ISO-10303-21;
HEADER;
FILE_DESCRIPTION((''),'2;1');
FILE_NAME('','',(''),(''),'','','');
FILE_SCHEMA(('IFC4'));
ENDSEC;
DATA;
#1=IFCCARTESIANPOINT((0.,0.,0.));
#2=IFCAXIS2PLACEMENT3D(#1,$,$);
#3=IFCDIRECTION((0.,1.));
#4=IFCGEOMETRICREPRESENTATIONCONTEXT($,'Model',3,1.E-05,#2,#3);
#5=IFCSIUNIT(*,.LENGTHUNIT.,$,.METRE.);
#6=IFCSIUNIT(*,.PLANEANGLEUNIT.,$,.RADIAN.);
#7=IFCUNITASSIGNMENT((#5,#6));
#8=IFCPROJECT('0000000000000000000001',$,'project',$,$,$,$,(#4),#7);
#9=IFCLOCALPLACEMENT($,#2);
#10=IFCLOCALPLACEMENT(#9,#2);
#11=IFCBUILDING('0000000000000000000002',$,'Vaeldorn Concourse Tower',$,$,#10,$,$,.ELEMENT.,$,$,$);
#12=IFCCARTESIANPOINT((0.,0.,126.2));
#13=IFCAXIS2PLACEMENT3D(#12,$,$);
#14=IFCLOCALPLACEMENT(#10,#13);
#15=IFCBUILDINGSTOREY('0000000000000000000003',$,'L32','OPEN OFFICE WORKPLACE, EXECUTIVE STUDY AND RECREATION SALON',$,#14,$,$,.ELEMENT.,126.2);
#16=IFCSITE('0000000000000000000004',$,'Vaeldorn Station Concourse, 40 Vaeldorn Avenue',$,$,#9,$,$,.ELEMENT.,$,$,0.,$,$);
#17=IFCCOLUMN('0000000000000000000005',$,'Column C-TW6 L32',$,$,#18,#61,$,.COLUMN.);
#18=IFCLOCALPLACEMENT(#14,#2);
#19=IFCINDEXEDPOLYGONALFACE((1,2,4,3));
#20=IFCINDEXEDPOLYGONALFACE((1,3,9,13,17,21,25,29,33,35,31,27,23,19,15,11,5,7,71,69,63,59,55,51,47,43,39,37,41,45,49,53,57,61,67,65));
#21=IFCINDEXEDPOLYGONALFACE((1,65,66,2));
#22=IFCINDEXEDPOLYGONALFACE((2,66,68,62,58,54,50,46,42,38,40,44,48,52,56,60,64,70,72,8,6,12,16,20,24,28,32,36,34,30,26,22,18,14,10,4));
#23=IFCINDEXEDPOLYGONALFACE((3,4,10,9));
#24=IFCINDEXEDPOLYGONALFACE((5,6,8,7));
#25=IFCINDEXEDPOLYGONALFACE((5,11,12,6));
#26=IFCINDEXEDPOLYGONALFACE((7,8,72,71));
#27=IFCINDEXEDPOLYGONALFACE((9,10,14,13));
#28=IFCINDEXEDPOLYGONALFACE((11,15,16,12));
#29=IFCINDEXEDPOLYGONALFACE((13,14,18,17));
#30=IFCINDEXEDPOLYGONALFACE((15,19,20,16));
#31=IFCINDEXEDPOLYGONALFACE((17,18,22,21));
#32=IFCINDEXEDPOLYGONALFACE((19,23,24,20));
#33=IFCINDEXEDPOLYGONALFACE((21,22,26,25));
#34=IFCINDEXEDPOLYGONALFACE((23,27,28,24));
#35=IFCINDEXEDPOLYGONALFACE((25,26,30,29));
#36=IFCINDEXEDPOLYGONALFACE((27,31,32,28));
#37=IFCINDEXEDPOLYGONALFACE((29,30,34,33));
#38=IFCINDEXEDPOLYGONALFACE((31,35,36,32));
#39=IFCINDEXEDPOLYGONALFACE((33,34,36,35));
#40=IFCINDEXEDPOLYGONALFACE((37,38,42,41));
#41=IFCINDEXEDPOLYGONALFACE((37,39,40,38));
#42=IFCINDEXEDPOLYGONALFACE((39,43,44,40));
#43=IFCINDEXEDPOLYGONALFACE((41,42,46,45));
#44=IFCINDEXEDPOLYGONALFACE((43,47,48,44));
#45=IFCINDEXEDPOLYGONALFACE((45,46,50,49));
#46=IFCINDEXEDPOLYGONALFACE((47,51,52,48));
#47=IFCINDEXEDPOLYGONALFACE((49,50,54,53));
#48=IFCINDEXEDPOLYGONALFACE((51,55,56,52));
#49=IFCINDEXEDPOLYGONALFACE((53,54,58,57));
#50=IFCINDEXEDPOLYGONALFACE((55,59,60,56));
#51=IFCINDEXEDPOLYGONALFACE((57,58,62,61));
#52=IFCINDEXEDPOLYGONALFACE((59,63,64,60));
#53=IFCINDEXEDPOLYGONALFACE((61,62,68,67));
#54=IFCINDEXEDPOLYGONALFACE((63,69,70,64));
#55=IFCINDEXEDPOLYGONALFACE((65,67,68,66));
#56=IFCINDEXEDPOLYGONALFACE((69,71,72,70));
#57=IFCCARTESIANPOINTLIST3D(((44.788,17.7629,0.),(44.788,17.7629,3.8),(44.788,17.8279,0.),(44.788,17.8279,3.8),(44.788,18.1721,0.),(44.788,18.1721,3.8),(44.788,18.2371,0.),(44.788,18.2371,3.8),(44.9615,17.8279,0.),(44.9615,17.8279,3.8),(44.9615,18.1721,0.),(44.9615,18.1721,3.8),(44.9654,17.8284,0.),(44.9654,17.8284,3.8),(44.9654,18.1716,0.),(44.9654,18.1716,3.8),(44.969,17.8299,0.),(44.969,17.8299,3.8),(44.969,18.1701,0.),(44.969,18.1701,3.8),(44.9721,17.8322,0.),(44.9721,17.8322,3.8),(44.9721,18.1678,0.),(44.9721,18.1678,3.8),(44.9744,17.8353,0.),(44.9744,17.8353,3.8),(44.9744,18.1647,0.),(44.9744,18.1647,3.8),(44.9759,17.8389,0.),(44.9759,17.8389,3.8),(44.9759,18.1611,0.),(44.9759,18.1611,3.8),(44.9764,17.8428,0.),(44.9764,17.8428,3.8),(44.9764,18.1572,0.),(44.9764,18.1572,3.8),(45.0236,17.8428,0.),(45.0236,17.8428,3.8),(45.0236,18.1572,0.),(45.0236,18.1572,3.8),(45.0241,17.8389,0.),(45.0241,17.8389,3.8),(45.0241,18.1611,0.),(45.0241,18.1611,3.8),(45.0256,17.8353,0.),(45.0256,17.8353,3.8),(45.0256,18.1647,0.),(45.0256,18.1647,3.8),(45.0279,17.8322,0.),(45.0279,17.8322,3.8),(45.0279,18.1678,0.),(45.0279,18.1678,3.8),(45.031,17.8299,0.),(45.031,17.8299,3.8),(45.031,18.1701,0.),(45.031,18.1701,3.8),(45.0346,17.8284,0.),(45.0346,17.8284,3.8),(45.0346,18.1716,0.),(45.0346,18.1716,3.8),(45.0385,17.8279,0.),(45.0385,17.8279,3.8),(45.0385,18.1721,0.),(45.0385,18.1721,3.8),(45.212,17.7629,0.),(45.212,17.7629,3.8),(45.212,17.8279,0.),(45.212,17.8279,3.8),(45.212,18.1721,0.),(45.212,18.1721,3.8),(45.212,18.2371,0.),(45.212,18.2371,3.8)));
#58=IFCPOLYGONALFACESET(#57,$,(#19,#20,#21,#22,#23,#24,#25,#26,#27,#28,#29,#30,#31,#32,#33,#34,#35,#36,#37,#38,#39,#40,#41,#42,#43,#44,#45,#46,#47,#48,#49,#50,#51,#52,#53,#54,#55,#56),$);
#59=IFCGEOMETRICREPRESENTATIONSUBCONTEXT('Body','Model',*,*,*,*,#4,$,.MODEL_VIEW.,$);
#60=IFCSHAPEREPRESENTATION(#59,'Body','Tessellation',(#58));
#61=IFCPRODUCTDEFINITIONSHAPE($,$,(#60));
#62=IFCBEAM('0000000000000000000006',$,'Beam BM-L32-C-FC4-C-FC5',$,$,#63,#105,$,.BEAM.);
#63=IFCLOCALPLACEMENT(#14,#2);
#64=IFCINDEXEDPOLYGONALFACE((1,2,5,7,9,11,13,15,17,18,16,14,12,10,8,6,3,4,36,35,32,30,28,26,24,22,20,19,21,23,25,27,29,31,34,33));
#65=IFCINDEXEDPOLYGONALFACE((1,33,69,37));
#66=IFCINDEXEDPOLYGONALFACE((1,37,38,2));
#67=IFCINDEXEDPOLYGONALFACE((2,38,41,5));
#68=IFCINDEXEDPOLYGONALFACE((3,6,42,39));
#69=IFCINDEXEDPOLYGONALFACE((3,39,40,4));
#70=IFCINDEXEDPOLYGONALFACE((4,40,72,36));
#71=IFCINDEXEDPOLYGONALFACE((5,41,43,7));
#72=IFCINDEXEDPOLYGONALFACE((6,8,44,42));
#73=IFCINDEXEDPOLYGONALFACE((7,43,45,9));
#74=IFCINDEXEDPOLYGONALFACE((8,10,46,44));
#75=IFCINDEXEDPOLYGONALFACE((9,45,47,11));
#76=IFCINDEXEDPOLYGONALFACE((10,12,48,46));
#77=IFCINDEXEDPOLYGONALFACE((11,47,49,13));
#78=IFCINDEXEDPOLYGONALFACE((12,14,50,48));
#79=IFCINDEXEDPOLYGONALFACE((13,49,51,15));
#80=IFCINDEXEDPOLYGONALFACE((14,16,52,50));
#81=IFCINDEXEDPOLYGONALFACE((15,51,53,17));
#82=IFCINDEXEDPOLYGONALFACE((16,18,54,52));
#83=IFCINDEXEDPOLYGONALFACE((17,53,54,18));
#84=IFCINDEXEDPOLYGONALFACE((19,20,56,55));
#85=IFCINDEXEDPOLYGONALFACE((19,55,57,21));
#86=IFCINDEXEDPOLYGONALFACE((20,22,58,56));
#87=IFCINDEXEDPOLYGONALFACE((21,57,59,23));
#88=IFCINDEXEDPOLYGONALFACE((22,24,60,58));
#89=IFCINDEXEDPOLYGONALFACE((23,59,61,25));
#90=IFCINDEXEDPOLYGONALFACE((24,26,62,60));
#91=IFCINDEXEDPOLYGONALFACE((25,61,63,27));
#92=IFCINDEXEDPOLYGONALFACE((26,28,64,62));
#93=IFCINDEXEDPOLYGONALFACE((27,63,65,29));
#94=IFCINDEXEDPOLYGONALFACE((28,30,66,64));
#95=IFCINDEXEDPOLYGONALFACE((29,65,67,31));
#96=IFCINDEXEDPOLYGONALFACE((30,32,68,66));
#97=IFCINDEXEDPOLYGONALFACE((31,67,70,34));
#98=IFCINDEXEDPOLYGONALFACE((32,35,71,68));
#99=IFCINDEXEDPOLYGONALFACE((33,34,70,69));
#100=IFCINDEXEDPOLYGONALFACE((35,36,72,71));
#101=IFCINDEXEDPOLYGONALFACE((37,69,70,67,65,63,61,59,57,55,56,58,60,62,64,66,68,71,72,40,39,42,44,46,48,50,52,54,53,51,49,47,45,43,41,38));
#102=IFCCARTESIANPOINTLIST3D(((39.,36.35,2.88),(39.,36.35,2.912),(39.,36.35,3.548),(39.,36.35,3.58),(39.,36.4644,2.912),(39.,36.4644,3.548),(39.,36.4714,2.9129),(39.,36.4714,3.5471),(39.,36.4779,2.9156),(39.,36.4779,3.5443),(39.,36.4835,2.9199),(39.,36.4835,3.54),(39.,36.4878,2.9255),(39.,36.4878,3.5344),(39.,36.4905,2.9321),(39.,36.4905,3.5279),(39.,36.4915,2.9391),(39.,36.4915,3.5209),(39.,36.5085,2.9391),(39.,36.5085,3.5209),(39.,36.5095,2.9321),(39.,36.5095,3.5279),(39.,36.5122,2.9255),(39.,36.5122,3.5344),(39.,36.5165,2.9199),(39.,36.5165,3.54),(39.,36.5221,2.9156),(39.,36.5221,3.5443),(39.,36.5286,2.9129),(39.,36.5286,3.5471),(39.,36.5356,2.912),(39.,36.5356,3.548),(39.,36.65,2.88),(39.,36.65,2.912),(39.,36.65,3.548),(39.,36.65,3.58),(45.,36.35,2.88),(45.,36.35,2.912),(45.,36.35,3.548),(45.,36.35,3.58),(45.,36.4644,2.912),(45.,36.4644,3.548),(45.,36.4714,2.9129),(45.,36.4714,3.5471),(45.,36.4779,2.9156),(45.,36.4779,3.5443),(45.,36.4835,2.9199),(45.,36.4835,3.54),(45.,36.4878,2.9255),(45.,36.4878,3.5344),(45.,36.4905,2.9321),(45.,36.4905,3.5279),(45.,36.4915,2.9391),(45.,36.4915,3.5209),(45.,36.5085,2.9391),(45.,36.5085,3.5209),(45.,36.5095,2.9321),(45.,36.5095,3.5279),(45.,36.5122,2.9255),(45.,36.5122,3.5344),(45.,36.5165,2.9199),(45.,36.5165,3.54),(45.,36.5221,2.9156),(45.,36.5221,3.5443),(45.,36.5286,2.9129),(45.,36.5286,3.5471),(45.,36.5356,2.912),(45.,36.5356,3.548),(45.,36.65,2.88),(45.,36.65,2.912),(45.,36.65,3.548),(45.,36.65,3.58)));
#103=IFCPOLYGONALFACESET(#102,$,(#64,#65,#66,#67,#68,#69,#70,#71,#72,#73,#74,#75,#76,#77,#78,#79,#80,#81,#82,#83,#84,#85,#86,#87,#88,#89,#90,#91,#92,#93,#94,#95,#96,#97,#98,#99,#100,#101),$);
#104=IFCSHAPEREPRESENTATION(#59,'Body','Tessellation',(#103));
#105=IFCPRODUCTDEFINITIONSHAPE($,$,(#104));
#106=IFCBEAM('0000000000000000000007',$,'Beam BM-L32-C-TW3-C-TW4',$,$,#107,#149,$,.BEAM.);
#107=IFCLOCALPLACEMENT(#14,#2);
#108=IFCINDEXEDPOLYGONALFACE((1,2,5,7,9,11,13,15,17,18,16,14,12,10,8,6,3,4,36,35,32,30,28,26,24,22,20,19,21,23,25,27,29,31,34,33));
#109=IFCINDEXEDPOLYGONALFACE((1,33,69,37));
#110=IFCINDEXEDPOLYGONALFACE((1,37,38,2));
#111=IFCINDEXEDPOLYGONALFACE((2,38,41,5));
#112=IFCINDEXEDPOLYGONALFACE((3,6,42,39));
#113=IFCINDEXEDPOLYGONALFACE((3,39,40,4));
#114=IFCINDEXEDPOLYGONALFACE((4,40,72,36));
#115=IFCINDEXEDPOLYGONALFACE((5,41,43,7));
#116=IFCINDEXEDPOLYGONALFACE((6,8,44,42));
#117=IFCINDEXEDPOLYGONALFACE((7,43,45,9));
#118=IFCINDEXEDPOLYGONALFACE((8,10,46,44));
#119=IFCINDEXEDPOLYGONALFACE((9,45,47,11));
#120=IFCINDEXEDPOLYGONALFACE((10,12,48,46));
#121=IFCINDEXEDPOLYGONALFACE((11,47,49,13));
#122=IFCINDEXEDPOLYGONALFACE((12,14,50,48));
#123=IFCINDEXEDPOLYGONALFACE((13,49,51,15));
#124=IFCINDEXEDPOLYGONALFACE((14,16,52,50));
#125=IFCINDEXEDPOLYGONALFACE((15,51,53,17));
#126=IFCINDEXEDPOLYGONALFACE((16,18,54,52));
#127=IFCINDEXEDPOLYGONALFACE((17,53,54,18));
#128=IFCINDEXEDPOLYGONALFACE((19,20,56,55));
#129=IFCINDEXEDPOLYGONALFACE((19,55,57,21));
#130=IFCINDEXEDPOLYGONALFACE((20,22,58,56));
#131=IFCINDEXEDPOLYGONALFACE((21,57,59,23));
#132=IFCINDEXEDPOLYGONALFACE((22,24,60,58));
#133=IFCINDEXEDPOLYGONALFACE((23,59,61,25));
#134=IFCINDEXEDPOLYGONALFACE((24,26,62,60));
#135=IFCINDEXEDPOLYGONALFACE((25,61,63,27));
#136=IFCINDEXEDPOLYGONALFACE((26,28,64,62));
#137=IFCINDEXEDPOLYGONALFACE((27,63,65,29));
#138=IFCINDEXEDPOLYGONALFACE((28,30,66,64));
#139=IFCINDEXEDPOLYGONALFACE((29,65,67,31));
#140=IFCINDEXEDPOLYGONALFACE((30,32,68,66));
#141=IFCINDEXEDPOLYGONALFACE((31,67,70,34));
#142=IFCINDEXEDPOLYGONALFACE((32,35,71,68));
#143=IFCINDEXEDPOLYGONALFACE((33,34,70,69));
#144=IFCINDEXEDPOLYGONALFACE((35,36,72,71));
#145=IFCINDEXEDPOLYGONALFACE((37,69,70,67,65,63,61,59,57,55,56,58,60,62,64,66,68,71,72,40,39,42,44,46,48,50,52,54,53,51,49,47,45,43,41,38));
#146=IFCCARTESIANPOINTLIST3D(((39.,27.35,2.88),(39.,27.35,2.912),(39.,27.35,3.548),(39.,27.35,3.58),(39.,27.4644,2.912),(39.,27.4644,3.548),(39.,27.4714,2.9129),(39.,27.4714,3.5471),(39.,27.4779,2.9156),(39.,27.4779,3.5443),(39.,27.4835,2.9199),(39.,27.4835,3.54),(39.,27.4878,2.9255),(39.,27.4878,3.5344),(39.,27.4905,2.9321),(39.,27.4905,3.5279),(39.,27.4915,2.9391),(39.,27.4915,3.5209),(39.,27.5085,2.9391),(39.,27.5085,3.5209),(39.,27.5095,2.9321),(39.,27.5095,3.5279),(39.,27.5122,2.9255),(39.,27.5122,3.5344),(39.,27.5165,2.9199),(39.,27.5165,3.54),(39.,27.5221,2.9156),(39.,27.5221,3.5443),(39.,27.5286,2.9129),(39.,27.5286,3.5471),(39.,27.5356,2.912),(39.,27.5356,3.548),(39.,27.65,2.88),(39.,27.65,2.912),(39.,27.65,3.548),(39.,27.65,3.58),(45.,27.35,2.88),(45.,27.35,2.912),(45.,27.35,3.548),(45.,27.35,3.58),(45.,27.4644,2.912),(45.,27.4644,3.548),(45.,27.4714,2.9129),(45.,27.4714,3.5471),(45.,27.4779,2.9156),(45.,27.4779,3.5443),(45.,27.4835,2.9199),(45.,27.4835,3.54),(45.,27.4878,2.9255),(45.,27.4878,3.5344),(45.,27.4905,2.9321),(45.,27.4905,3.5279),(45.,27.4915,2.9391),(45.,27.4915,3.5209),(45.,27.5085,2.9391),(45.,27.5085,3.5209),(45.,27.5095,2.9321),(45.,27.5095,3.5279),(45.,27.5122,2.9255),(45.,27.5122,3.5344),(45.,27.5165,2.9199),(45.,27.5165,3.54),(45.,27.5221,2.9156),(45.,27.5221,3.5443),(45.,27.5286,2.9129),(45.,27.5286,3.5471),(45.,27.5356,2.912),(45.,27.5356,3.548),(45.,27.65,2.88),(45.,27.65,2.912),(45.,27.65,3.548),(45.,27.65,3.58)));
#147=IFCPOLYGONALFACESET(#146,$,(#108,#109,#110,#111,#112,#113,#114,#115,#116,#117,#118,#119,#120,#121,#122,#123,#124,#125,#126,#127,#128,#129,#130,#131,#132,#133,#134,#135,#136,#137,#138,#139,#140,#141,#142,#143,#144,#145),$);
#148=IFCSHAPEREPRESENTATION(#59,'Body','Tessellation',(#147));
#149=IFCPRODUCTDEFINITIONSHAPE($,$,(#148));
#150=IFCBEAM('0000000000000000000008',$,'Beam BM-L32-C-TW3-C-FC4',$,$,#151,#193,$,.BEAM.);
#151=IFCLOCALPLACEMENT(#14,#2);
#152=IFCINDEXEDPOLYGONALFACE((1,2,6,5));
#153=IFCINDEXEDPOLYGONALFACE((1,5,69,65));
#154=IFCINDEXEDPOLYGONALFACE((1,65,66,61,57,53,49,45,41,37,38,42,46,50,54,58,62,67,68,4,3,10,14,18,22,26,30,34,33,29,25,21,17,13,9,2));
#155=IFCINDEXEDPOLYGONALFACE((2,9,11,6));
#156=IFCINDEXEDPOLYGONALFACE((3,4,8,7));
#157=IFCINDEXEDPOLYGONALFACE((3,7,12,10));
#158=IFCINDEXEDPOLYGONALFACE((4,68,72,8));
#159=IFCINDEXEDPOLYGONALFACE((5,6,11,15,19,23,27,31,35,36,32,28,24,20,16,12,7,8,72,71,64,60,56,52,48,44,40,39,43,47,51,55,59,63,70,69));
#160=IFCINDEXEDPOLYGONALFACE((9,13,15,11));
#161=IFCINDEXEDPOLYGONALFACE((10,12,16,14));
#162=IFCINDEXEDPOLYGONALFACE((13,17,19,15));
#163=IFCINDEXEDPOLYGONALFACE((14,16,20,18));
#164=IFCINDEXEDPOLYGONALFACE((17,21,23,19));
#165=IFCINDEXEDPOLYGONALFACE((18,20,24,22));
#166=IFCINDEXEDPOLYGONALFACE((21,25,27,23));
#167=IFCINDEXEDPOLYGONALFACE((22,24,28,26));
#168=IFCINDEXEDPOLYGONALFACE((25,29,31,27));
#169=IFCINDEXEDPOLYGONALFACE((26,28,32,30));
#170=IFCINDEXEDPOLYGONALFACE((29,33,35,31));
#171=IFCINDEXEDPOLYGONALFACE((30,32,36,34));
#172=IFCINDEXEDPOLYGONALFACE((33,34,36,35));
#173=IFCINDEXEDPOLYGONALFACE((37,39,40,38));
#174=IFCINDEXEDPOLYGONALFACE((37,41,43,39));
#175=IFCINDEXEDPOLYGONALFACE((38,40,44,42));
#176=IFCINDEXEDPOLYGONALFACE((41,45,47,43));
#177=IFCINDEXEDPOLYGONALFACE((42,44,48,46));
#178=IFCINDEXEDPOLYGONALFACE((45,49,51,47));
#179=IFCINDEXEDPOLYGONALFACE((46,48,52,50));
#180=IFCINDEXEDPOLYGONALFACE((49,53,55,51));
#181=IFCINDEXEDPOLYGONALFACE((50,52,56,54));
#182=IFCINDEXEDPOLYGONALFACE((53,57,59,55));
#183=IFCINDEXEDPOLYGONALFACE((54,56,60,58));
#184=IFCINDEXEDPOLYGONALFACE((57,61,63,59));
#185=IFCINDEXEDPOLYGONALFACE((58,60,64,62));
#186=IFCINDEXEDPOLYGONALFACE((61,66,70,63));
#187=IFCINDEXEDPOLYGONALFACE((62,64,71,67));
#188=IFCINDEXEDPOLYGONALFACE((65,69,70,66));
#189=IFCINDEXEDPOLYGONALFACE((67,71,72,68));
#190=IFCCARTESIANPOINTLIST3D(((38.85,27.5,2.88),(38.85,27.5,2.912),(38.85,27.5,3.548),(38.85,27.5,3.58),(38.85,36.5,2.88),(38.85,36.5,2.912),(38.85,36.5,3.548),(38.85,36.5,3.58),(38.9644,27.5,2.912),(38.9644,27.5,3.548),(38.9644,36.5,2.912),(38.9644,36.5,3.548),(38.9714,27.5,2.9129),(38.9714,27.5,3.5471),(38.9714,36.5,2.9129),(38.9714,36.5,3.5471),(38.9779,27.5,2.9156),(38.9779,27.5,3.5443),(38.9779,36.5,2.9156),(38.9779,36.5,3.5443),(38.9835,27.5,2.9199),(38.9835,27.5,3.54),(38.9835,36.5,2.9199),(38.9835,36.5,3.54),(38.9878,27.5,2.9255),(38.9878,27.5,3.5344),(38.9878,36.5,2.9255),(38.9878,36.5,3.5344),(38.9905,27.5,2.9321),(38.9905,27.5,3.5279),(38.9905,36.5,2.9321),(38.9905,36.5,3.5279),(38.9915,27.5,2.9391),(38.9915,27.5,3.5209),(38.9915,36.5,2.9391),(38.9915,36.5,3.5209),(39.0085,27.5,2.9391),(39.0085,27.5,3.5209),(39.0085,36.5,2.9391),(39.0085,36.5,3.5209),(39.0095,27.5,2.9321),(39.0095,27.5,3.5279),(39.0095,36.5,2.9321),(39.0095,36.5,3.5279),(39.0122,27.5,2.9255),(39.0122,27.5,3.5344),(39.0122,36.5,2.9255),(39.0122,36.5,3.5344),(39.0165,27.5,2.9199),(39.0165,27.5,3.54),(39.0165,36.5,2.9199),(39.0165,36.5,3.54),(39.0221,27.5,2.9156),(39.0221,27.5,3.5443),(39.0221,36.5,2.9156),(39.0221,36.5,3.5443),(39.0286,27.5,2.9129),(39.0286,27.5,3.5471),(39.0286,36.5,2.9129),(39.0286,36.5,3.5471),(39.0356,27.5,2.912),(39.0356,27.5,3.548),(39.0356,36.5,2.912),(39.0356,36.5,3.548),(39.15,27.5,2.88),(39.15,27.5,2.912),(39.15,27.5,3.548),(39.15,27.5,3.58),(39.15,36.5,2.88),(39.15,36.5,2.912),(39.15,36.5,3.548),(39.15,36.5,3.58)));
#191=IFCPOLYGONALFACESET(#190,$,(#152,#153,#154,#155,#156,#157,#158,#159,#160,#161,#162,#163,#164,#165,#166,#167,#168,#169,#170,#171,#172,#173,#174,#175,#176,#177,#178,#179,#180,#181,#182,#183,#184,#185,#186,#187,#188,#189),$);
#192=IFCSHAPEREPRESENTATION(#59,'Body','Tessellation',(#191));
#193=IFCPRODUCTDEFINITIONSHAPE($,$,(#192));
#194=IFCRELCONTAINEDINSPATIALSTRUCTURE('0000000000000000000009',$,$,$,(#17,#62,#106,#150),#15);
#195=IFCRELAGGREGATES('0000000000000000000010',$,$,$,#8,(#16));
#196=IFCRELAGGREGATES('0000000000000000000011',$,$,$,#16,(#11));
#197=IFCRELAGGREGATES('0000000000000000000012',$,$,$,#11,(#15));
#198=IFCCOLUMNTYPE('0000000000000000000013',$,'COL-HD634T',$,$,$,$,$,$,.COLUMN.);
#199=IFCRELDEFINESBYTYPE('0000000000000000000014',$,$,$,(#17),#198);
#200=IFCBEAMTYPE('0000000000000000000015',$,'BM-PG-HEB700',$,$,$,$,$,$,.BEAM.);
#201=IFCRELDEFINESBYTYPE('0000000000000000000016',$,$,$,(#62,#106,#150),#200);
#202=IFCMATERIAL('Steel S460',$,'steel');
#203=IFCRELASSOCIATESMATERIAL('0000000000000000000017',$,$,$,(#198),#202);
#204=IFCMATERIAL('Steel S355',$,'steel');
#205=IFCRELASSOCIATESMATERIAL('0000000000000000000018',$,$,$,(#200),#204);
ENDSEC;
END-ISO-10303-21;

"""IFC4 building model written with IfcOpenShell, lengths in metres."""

from ifc_helpers import new_model, si_unit, direction, frame, origin, origin_2d, place, context, subcontext, project, spatial, i_section, extrude, source, transform, mapped, material, material_profile, profile_set, type_object, element, save


model = new_model("IFC4")

# Units and contexts
model_context = context("Model", 3, precision=1e-05, world=origin(), true_north=direction((0.0, 1.0)))
body_context = subcontext(model_context, "Body", "Model", "MODEL_VIEW")
ifc_project = project(units=[si_unit("LENGTHUNIT", "METRE"), si_unit("PLANEANGLEUNIT", "RADIAN")], contexts=[model_context])

# Site, building, storey
site_placement = place(None, origin())
site = spatial("IfcSite", under=ifc_project, at=site_placement, Name="Vaeldorn Station Concourse, 40 Vaeldorn Avenue", CompositionType="ELEMENT", RefElevation=0.0)
building_placement = place(site_placement, origin())
building = spatial("IfcBuilding", under=site, at=building_placement, Name="Vaeldorn Concourse Tower", CompositionType="ELEMENT")
storey_placement = place(building_placement, frame((0.0, 0.0, 126.2)))
storey = spatial("IfcBuildingStorey", under=building, at=storey_placement, Name="L32", Description="OPEN OFFICE WORKPLACE, EXECUTIVE STUDY AND RECREATION SALON", CompositionType="ELEMENT", Elevation=126.2)

# Column
ifc_material_1 = material(Name="Steel S460", Category="steel")
ifc_material_profile_1 = material_profile(ifc_material_1, i_section(OverallWidth=0.4241, OverallDepth=0.4741, WebThickness=0.0471, FlangeThickness=0.0649, FilletRadius=0.0149, at=origin_2d()), Name="HD 400x634")
ifc_profile_set_1 = profile_set([ifc_material_profile_1], Name="Steel S460")
column_type_1 = type_object("IfcColumnType", Name="COL-HD634T", PredefinedType="COLUMN", material=ifc_profile_set_1)
shared_shape_1 = source(origin(), body_context, "Body", "SweptSolid", [
    extrude(i_section(OverallWidth=0.4241, OverallDepth=0.4741, WebThickness=0.0471, FlangeThickness=0.0649, FilletRadius=0.0149, at=origin_2d()), origin(), (0.0, 0.0, 1.0), 3.8),
])
for number, where, z_axis, x_axis, name in (
    (1, (45.0, 18.0, 0.0), (0.0, 0.0, 1.0), (1.0, 0.0, 0.0), "Column C-TW6 L32"),
):
    element("IfcColumn", number, at=place(storey_placement, frame(where, z_axis=z_axis, x_axis=x_axis)), inside=storey, type_object=column_type_1, Name=name, PredefinedType="COLUMN", context=body_context, shape_type="MappedRepresentation", body=[
        mapped(shared_shape_1, transform((0.0, 0.0, 0.0), scale=1.0)),
    ])

# Beams
ifc_material_2 = material(Name="Steel S355", Category="steel")
ifc_material_profile_2 = material_profile(ifc_material_2, i_section(OverallWidth=0.3, OverallDepth=0.7, WebThickness=0.0171, FlangeThickness=0.032, FilletRadius=0.0271, at=origin_2d()), Name="HEB 700")
ifc_profile_set_2 = profile_set([ifc_material_profile_2], Name="Steel S355")
beam_type_1 = type_object("IfcBeamType", Name="BM-PG-HEB700", PredefinedType="BEAM", material=ifc_profile_set_2)
shared_shape_2 = source(origin(), body_context, "Body", "SweptSolid", [
    extrude(i_section(OverallWidth=0.3, OverallDepth=0.7, WebThickness=0.0171, FlangeThickness=0.032, FilletRadius=0.0271, at=origin_2d()), origin(), (0.0, 0.0, 1.0), 6.0),
])
for number, where, z_axis, x_axis, name in (
    (2, (39.0, 36.5, 3.23), (1.0, 0.0, 0.0), (0.0, 1.0, 0.0), "Beam BM-L32-C-FC4-C-FC5"),
    (3, (39.0, 27.5, 3.23), (1.0, 0.0, 0.0), (0.0, 1.0, 0.0), "Beam BM-L32-C-TW3-C-TW4"),
):
    element("IfcBeam", number, at=place(storey_placement, frame(where, z_axis=z_axis, x_axis=x_axis)), inside=storey, type_object=beam_type_1, Name=name, PredefinedType="BEAM", context=body_context, shape_type="MappedRepresentation", body=[
        mapped(shared_shape_2, transform((0.0, 0.0, 0.0), scale=1.0)),
    ])
shared_shape_3 = source(origin(), body_context, "Body", "SweptSolid", [
    extrude(i_section(OverallWidth=0.3, OverallDepth=0.7, WebThickness=0.0171, FlangeThickness=0.032, FilletRadius=0.0271, at=origin_2d()), origin(), (0.0, 0.0, 1.0), 9.0),
])
for number, where, z_axis, x_axis, name in (
    (4, (39.0, 27.5, 3.23), (0.0, 1.0, 0.0), (-1.0, 0.0, 0.0), "Beam BM-L32-C-TW3-C-FC4"),
):
    element("IfcBeam", number, at=place(storey_placement, frame(where, z_axis=z_axis, x_axis=x_axis)), inside=storey, type_object=beam_type_1, Name=name, PredefinedType="BEAM", context=body_context, shape_type="MappedRepresentation", body=[
        mapped(shared_shape_3, transform((0.0, 0.0, 0.0), scale=1.0)),
    ])

save(model, "model.ifc")
